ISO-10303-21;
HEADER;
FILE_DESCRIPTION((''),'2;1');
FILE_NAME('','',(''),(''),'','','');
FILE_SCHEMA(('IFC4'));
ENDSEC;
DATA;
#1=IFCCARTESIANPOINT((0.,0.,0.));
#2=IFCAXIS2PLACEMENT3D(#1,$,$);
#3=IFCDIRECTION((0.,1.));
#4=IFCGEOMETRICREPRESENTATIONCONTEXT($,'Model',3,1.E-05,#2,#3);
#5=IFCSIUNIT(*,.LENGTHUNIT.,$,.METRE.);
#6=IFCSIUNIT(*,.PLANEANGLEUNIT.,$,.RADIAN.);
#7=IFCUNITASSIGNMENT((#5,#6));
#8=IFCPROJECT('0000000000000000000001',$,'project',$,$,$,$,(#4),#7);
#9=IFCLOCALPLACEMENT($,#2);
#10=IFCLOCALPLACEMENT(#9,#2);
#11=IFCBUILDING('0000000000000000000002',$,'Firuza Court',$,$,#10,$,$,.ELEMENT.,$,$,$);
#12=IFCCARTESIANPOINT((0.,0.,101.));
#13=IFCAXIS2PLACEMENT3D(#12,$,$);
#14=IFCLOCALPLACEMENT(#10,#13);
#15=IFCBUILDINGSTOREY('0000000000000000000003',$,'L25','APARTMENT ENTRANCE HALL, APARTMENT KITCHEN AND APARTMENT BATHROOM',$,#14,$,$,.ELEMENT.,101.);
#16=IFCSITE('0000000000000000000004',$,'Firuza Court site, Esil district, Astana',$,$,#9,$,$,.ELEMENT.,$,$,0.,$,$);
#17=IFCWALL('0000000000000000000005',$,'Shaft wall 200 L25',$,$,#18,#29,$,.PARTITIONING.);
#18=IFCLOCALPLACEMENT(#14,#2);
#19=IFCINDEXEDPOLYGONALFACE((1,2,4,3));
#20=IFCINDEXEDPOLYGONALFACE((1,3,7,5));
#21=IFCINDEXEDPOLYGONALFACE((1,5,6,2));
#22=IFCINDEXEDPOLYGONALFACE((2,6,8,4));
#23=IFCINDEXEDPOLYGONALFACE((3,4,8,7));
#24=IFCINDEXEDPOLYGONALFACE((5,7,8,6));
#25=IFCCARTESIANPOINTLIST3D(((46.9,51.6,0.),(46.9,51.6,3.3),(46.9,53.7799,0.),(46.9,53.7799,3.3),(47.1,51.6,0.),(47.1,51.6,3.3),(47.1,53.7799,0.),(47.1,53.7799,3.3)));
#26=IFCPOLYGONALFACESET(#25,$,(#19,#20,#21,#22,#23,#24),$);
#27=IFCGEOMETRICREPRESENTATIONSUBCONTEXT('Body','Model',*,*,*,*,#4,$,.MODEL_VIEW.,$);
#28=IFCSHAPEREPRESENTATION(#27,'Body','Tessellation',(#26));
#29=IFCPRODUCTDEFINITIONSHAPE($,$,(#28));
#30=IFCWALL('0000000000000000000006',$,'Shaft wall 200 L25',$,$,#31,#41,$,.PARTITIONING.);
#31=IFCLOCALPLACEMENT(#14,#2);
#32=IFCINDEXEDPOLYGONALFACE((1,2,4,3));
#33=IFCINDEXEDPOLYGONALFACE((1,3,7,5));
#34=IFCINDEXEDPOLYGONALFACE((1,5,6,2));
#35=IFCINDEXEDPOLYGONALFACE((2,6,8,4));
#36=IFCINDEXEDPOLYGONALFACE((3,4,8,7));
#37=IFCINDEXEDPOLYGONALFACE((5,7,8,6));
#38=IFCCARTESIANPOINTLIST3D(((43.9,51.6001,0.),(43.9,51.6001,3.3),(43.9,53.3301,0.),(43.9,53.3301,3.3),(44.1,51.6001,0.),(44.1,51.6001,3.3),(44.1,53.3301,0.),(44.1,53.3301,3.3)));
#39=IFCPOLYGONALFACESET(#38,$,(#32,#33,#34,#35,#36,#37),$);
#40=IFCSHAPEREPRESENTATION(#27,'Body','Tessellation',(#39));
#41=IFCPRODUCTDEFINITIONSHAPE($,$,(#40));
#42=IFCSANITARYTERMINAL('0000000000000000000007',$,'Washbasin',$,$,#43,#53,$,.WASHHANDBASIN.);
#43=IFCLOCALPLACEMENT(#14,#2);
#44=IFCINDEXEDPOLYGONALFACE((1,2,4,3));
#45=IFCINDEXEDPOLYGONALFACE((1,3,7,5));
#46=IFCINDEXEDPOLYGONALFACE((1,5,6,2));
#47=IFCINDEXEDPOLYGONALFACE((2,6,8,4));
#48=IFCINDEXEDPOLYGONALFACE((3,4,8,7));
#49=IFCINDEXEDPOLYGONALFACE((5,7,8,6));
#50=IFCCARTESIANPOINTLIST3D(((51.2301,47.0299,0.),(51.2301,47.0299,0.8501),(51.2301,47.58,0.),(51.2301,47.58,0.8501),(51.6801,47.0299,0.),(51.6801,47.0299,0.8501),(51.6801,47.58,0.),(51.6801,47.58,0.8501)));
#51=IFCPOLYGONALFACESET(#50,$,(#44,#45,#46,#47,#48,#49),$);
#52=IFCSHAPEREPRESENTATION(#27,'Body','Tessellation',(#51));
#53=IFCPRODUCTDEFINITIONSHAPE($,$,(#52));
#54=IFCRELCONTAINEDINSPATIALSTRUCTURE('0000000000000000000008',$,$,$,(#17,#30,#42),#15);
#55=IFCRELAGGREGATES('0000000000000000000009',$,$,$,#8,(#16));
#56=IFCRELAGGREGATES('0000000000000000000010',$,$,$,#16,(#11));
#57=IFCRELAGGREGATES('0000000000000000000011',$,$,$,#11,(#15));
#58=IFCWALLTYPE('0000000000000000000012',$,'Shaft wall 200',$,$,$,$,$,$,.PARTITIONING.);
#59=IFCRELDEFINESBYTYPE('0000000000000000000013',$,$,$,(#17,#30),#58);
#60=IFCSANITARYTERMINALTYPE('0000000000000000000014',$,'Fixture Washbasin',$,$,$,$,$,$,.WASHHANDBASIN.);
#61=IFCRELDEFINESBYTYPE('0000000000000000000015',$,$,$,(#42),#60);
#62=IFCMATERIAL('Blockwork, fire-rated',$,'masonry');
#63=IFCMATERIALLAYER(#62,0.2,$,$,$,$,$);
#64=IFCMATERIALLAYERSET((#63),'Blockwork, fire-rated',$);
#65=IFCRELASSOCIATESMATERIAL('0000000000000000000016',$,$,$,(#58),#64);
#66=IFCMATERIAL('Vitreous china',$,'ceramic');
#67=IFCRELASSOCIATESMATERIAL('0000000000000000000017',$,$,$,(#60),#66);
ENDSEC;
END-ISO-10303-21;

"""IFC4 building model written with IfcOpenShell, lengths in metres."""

from ifc_helpers import new_model, si_unit, direction, frame, frame_2d, origin, origin_2d, place, context, subcontext, project, spatial, rectangle, extrude, material, layer, layer_set, type_object, element, save


model = new_model("IFC4")

# Units and contexts
model_context = context("Model", 3, precision=1e-05, world=origin(), true_north=direction((0.0, 1.0)))
body_context = subcontext(model_context, "Body", "Model", "MODEL_VIEW")
ifc_project = project(units=[si_unit("LENGTHUNIT", "METRE"), si_unit("PLANEANGLEUNIT", "RADIAN")], contexts=[model_context])

# Site, building, storey
site_placement = place(None, origin())
site = spatial("IfcSite", under=ifc_project, at=site_placement, Name="Firuza Court site, Esil district, Astana", CompositionType="ELEMENT", RefElevation=0.0)
building_placement = place(site_placement, origin())
building = spatial("IfcBuilding", under=site, at=building_placement, Name="Firuza Court", CompositionType="ELEMENT")
storey_placement = place(building_placement, frame((0.0, 0.0, 101.0)))
storey = spatial("IfcBuildingStorey", under=building, at=storey_placement, Name="L25", Description="APARTMENT ENTRANCE HALL, APARTMENT KITCHEN AND APARTMENT BATHROOM", CompositionType="ELEMENT", Elevation=101.0)

# Shared definitions
ifc_material_1 = material(Name="Blockwork, fire-rated", Category="masonry")
ifc_layer_1 = layer(ifc_material_1, 0.2)
ifc_layer_set_1 = layer_set([ifc_layer_1], Name="Blockwork, fire-rated")
wall_type_1 = type_object("IfcWallType", Name="Shaft wall 200", PredefinedType="PARTITIONING", material=ifc_layer_set_1)

# Walls
for number, where, z_axis, x_axis, name in (
    (1, (47.0, 51.6001, 0.0), (0.0, 0.0, 1.0), (0.0, 1.0, 0.0), "Shaft wall 200 L25"),
):
    element("IfcWall", number, at=place(storey_placement, frame(where, z_axis=z_axis, x_axis=x_axis)), inside=storey, type_object=wall_type_1, Name=name, PredefinedType="PARTITIONING", context=body_context, shape_type="SweptSolid", body=[
        extrude(rectangle(XDim=2.1799, YDim=0.2, at=frame_2d((1.0898, 0.0))), origin(), (0.0, 0.0, 1.0), 3.3),
    ])
wall_1_placement = place(storey_placement, frame((44.0, 51.6001, 0.0), z_axis=(0.0, 0.0, 1.0), x_axis=(0.0, 1.0, 0.0)))
element("IfcWall", 2, at=wall_1_placement, inside=storey, type_object=wall_type_1, Name="Shaft wall 200 L25", PredefinedType="PARTITIONING", context=body_context, shape_type="SweptSolid", body=[
    extrude(rectangle(XDim=1.73, YDim=0.2, at=frame_2d((0.865, 0.0))), origin(), (0.0, 0.0, 1.0), 3.3),
])

# Sanitary terminal
ifc_material_2 = material(Name="Vitreous china", Category="ceramic")
sanitary_terminal_type = type_object("IfcSanitaryTerminalType", Name="Fixture Washbasin", PredefinedType="WASHHANDBASIN", material=ifc_material_2)
sanitary_terminal_placement = place(storey_placement, frame((51.4551, 47.3049, 0.0), z_axis=(0.0, 0.0, 1.0), x_axis=(1.0, 0.0, 0.0)))
element("IfcSanitaryTerminal", 3, at=sanitary_terminal_placement, inside=storey, type_object=sanitary_terminal_type, Name="Washbasin", PredefinedType="WASHHANDBASIN", context=body_context, shape_type="SweptSolid", body=[
    extrude(rectangle(XDim=0.45, YDim=0.55, at=origin_2d()), origin(), (0.0, 0.0, 1.0), 0.8501),
])

save(model, "model.ifc")
